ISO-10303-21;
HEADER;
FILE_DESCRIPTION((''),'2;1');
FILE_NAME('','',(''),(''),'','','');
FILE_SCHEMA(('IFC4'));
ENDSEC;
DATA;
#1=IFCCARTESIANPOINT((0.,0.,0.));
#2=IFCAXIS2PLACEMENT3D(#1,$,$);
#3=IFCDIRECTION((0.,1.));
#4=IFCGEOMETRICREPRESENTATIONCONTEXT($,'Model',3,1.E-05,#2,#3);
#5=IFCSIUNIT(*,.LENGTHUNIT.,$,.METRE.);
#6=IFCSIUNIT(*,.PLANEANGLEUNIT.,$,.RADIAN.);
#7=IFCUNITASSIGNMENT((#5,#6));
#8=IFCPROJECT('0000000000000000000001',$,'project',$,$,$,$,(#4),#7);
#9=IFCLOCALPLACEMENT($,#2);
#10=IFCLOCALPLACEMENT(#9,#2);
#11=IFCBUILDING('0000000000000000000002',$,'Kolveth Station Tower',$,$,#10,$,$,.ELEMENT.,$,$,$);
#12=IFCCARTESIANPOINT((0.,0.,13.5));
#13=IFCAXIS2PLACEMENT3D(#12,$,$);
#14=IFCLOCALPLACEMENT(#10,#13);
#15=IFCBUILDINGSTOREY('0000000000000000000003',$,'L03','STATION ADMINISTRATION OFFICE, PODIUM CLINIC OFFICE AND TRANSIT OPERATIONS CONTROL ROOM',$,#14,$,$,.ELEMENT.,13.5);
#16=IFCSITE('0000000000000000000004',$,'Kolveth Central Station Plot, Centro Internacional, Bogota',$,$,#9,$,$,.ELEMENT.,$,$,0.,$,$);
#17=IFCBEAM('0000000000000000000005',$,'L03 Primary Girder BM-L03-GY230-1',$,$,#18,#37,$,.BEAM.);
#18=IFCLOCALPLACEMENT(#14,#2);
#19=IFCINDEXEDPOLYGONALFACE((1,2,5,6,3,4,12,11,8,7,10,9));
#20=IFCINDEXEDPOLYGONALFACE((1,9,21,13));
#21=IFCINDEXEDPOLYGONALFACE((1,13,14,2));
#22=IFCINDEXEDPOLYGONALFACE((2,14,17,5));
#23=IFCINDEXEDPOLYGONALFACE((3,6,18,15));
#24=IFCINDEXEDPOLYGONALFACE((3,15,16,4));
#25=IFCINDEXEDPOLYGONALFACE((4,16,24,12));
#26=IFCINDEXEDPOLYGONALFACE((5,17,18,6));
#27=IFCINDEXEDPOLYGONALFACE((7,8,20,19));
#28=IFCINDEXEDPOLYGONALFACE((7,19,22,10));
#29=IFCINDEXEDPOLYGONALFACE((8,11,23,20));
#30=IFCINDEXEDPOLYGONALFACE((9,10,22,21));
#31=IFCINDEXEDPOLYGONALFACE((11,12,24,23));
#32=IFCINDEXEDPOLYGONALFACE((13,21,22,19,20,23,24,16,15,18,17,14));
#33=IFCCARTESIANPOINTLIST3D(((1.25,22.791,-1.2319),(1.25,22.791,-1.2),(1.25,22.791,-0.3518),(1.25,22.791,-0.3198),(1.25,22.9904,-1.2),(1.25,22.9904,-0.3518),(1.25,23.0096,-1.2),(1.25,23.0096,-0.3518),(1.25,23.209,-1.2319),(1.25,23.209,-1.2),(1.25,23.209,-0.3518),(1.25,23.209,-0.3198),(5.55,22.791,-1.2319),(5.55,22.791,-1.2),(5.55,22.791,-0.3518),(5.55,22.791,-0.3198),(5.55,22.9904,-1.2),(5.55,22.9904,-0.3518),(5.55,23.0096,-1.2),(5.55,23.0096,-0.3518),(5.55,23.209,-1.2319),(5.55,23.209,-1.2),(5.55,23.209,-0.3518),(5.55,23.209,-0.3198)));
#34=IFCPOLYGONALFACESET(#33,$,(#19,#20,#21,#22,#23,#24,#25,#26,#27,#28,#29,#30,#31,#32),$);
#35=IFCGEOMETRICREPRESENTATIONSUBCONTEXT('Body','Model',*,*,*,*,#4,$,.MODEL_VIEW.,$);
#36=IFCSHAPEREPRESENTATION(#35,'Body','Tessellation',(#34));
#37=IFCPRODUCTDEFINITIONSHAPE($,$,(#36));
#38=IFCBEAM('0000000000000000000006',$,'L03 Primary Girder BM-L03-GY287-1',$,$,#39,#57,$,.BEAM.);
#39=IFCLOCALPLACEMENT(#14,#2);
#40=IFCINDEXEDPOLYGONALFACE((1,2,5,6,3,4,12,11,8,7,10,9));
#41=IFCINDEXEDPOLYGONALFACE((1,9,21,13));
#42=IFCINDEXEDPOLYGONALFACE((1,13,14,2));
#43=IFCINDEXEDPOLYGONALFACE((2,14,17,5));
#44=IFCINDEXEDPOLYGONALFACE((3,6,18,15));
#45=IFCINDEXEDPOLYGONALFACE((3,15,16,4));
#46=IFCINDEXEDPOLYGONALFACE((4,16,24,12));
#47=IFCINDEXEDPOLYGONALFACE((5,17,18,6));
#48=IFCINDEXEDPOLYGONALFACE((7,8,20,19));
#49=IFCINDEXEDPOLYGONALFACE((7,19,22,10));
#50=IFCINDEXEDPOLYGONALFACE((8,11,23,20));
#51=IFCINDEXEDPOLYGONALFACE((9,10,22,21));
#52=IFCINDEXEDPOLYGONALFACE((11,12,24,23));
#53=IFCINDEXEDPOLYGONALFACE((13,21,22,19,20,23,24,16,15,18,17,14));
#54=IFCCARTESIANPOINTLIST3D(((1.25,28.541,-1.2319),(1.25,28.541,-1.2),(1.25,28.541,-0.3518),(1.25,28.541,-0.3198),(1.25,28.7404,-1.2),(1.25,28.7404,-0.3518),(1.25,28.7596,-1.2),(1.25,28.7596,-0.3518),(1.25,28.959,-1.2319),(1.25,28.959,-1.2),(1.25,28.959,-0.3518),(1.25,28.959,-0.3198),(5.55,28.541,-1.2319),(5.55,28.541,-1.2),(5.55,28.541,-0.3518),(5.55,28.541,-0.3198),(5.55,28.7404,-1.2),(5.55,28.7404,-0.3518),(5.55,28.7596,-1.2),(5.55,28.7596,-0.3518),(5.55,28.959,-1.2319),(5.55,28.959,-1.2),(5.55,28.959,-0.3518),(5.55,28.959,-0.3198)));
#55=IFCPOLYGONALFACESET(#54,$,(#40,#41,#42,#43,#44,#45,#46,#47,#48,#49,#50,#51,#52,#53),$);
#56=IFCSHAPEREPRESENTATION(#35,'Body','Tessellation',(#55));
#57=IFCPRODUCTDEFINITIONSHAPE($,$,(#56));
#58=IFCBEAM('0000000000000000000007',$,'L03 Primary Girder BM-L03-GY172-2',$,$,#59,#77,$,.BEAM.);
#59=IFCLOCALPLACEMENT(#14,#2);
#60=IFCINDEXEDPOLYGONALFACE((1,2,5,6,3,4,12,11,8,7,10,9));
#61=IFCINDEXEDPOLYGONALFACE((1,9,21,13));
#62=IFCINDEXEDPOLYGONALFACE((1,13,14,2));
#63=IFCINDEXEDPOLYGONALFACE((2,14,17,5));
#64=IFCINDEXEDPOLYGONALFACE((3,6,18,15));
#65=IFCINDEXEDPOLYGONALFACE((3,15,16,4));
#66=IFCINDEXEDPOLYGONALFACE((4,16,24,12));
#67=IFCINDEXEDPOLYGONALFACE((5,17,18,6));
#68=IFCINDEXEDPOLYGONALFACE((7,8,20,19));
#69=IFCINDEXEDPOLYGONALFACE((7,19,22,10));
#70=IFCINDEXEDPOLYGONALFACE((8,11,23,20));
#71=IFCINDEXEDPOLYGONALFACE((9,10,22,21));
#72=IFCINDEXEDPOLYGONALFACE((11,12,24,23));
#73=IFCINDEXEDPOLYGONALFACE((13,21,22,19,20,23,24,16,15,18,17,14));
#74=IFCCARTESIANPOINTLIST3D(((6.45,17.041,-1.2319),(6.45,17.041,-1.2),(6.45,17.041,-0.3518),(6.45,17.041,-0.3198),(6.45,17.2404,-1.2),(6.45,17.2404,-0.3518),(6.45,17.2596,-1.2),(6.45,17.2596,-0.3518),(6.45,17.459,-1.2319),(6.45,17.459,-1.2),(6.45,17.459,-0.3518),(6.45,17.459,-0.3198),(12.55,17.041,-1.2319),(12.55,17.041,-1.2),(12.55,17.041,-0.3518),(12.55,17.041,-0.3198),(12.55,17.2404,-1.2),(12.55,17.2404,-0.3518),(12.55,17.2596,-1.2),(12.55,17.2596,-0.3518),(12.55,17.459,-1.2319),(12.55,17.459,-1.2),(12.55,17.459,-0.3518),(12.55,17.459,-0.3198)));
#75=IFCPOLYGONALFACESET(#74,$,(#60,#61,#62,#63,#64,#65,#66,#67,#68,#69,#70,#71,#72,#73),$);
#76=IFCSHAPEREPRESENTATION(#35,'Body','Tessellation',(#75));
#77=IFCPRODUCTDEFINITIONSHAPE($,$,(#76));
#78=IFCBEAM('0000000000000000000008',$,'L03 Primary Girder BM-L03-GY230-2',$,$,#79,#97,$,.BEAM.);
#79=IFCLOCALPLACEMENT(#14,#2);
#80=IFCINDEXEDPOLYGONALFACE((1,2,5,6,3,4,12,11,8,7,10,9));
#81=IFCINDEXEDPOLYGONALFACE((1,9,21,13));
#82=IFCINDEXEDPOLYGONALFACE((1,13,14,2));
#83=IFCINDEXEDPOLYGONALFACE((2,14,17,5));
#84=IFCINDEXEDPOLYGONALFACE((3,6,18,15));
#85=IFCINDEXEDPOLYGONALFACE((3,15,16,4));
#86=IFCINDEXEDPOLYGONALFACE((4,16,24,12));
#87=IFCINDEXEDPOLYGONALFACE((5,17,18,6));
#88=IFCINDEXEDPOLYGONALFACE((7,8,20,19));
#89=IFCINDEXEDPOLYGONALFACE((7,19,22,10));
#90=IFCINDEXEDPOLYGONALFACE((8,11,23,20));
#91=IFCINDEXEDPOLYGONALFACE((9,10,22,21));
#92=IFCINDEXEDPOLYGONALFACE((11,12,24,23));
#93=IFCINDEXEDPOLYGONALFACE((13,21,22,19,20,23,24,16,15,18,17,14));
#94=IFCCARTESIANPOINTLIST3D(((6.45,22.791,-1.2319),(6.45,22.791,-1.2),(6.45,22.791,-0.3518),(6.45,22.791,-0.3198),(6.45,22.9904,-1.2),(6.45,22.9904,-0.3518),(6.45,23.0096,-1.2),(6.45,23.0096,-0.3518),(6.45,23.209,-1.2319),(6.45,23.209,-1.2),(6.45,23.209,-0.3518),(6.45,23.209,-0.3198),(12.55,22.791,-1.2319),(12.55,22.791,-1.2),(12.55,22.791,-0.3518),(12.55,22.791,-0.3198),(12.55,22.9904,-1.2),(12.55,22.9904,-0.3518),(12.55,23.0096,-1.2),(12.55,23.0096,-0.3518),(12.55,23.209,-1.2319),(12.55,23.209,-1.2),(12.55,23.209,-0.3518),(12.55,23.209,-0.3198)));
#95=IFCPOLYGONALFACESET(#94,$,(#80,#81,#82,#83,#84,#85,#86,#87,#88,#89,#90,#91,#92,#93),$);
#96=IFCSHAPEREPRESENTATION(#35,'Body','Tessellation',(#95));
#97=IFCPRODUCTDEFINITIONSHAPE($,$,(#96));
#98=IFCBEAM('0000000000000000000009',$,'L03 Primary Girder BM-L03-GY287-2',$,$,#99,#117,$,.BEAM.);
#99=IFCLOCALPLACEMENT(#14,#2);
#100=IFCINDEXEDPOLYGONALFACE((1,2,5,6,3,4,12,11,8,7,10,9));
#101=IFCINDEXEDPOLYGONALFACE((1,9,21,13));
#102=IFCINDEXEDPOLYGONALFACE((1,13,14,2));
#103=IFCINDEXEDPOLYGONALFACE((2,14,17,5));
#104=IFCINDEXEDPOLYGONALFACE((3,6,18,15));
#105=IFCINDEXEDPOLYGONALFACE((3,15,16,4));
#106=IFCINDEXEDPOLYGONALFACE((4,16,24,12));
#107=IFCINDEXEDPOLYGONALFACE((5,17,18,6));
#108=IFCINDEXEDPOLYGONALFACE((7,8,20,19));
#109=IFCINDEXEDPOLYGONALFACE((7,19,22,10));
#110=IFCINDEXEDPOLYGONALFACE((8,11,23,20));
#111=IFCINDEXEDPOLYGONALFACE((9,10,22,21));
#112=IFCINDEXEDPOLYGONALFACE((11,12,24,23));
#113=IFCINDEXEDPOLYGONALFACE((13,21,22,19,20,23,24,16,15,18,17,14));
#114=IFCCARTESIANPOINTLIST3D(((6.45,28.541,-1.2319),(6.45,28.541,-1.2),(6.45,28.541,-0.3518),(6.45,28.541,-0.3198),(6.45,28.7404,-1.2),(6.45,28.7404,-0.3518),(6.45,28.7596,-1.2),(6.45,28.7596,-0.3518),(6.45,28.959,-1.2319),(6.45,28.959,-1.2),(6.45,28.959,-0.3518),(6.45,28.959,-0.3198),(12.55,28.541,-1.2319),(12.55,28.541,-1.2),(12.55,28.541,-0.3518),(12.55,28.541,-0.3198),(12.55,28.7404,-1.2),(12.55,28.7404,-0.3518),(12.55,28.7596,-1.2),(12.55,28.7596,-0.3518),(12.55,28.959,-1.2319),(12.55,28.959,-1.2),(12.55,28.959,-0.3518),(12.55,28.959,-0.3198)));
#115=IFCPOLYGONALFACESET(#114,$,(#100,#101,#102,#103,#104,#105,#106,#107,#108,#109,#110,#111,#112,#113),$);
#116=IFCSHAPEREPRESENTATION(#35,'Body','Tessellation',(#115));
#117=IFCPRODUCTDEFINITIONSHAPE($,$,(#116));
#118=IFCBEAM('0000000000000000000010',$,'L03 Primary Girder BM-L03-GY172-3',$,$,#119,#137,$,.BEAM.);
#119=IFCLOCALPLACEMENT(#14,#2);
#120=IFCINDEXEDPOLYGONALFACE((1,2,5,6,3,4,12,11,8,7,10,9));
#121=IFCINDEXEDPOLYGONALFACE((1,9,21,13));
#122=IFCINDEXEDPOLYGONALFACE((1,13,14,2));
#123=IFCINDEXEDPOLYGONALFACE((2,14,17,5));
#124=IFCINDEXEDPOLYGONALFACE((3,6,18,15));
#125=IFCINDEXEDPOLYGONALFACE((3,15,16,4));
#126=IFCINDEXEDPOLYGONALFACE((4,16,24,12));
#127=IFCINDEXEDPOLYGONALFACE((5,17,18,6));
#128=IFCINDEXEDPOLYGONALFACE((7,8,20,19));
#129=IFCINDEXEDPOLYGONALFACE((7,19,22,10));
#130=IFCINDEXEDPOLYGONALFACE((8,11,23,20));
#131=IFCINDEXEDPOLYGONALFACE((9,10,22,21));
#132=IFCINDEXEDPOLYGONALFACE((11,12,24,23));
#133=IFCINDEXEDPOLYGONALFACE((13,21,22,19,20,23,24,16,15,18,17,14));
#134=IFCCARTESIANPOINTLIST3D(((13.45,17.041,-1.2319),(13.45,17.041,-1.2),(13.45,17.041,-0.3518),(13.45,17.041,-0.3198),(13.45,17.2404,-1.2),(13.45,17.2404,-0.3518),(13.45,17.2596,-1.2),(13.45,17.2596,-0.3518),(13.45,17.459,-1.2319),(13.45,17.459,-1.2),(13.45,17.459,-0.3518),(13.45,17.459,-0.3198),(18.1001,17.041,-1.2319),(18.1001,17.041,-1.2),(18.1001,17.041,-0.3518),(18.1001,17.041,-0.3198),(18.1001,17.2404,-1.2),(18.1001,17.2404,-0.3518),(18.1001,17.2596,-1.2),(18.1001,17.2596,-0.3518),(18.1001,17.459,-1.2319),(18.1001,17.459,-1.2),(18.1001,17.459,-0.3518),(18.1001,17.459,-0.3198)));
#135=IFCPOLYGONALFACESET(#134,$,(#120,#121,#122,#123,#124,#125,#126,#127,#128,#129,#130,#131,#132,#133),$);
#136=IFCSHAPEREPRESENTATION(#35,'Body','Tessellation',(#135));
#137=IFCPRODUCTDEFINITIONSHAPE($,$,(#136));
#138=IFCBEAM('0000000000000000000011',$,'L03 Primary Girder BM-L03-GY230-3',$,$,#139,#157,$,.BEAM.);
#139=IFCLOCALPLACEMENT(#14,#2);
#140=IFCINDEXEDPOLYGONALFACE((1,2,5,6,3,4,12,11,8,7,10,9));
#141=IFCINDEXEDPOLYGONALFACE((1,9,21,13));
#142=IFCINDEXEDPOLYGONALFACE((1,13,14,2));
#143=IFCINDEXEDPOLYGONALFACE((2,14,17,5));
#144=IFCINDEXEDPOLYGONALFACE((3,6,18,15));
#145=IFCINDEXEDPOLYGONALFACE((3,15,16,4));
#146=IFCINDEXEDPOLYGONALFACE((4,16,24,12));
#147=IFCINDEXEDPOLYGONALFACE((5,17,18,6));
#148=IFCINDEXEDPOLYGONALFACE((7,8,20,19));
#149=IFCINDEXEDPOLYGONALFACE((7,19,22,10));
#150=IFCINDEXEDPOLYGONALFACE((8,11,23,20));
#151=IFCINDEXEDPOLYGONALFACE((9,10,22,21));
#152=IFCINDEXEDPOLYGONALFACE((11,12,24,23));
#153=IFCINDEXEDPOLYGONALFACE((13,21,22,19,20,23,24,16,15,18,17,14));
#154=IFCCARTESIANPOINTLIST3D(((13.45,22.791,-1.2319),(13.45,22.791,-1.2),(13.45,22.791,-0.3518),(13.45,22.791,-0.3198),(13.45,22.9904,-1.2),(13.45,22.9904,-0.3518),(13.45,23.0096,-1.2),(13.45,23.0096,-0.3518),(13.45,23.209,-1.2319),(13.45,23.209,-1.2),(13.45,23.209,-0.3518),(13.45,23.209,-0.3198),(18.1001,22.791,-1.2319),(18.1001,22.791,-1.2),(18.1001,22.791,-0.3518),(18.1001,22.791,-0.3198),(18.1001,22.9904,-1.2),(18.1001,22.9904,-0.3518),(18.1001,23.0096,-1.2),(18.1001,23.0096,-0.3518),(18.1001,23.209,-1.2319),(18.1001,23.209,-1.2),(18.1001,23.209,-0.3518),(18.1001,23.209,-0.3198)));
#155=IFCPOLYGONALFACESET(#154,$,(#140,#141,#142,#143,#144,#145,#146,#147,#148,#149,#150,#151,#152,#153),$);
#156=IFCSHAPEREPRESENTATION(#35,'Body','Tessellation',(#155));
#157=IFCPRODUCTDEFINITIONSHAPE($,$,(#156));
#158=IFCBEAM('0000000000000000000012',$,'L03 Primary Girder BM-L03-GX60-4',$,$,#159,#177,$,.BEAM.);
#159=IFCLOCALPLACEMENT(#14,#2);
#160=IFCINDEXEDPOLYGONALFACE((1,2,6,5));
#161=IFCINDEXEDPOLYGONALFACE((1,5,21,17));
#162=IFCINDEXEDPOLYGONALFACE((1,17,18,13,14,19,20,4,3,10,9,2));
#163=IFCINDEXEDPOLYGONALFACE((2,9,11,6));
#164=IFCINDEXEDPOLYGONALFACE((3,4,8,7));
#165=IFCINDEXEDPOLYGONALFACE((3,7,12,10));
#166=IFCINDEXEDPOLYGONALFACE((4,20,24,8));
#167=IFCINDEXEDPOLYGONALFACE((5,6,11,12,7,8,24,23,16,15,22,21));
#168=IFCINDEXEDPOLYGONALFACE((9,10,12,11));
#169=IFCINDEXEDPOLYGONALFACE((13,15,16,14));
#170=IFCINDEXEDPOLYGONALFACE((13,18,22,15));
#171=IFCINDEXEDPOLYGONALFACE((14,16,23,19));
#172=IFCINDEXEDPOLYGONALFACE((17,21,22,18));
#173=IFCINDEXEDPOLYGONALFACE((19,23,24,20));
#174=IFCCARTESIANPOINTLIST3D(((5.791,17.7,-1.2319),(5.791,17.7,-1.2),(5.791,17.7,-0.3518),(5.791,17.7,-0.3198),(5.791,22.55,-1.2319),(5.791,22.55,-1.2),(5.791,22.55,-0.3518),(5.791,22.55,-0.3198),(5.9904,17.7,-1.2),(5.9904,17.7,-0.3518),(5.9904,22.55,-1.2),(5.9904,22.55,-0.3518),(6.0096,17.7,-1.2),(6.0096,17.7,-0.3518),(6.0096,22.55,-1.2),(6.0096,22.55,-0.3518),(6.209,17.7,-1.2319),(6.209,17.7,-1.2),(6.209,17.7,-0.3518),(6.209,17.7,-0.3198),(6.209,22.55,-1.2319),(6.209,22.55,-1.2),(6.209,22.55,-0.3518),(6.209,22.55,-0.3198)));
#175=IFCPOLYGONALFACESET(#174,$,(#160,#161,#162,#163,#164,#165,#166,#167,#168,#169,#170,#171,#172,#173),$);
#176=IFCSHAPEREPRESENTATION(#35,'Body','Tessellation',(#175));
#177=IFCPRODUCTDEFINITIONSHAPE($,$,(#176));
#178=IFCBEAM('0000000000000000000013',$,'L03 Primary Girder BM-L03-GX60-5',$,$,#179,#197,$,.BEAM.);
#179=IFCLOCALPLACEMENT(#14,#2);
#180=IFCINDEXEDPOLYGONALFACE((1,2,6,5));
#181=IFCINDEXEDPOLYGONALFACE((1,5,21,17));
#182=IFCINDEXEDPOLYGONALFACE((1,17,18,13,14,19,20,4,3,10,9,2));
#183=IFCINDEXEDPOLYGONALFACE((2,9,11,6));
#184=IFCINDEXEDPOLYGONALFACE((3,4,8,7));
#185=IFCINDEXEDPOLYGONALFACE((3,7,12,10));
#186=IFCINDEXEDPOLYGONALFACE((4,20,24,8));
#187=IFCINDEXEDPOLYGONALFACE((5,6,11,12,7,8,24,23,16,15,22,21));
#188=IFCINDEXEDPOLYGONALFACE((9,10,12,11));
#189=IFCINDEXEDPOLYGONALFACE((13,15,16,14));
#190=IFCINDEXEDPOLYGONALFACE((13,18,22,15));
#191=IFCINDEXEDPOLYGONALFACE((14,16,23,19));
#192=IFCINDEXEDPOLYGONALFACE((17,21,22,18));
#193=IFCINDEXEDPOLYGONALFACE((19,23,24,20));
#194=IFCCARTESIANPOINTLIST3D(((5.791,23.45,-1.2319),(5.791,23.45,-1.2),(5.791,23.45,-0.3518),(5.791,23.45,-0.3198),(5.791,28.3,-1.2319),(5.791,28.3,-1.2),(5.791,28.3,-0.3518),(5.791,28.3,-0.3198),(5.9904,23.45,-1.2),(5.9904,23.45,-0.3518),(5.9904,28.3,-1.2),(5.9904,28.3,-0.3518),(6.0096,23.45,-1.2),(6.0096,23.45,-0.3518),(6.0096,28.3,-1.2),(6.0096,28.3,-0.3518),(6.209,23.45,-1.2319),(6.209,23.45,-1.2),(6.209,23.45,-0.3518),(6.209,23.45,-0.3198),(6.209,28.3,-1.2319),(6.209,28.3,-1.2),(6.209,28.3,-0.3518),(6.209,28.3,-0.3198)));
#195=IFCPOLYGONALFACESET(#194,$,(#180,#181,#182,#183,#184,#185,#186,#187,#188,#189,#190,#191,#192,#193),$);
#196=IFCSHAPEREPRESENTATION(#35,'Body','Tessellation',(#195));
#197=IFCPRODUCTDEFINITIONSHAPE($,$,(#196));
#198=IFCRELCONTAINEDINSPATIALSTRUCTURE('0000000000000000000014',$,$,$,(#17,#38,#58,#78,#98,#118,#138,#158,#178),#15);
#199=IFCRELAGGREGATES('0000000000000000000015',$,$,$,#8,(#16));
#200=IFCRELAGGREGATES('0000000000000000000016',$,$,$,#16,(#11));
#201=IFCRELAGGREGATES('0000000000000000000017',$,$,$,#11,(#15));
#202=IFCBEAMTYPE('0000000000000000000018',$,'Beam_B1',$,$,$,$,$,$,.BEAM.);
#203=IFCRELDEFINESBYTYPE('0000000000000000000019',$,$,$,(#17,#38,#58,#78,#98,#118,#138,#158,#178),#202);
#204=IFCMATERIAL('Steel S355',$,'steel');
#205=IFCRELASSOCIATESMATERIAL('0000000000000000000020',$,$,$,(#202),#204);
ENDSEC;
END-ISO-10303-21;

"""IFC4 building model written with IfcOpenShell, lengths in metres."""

from ifc_helpers import new_model, si_unit, direction, frame, origin, origin_2d, place, context, subcontext, project, spatial, i_section, extrude, source, transform, mapped, material, material_profile, profile_set, type_object, element, save


model = new_model("IFC4")

# Units and contexts
model_context = context("Model", 3, precision=1e-05, world=origin(), true_north=direction((0.0, 1.0)))
body_context = subcontext(model_context, "Body", "Model", "MODEL_VIEW")
ifc_project = project(units=[si_unit("LENGTHUNIT", "METRE"), si_unit("PLANEANGLEUNIT", "RADIAN")], contexts=[model_context])

# Site, building, storey
site_placement = place(None, origin())
site = spatial("IfcSite", under=ifc_project, at=site_placement, Name="Kolveth Central Station Plot, Centro Internacional, Bogota", CompositionType="ELEMENT", RefElevation=0.0)
building_placement = place(site_placement, origin())
building = spatial("IfcBuilding", under=site, at=building_placement, Name="Kolveth Station Tower", CompositionType="ELEMENT")
storey_placement = place(building_placement, frame((0.0, 0.0, 13.5)))
storey = spatial("IfcBuildingStorey", under=building, at=storey_placement, Name="L03", Description="STATION ADMINISTRATION OFFICE, PODIUM CLINIC OFFICE AND TRANSIT OPERATIONS CONTROL ROOM", CompositionType="ELEMENT", Elevation=13.5)

# Beams
ifc_material_1 = material(Name="Steel S355", Category="steel")
ifc_material_profile_1 = material_profile(ifc_material_1, i_section(OverallWidth=0.418, OverallDepth=0.9121, WebThickness=0.0193, FlangeThickness=0.032, at=origin_2d()), Name="W920x342")
ifc_profile_set_1 = profile_set([ifc_material_profile_1], Name="Steel S355")
beam_type_1 = type_object("IfcBeamType", Name="Beam_B1", PredefinedType="BEAM", material=ifc_profile_set_1)
shared_shape_1 = source(origin(), body_context, "Body", "SweptSolid", [
    extrude(i_section(OverallWidth=0.418, OverallDepth=0.9121, WebThickness=0.0193, FlangeThickness=0.032, at=origin_2d()), origin(), (0.0, 0.0, 1.0), 4.3),
])
for number, where, z_axis, x_axis, name in (
    (1, (1.25, 23.0, -0.7759), (1.0, 0.0, 0.0), (0.0, 1.0, 0.0), "L03 Primary Girder BM-L03-GY230-1"),
    (2, (1.25, 28.75, -0.7759), (1.0, 0.0, 0.0), (0.0, 1.0, 0.0), "L03 Primary Girder BM-L03-GY287-1"),
):
    element("IfcBeam", number, at=place(storey_placement, frame(where, z_axis=z_axis, x_axis=x_axis)), inside=storey, type_object=beam_type_1, Name=name, PredefinedType="BEAM", context=body_context, shape_type="MappedRepresentation", body=[
        mapped(shared_shape_1, transform((0.0, 0.0, 0.0), x_axis=(1.0, 0.0, 0.0), y_axis=(0.0, 1.0, 0.0), z_axis=(0.0, 0.0, 1.0), scale=1.0)),
    ])
shared_shape_2 = source(origin(), body_context, "Body", "SweptSolid", [
    extrude(i_section(OverallWidth=0.418, OverallDepth=0.9121, WebThickness=0.0193, FlangeThickness=0.032, at=origin_2d()), origin(), (0.0, 0.0, 1.0), 6.1001),
])
for number, where, z_axis, x_axis, name in (
    (3, (6.45, 17.25, -0.7759), (1.0, 0.0, 0.0), (0.0, 1.0, 0.0), "L03 Primary Girder BM-L03-GY172-2"),
    (4, (6.45, 23.0, -0.7759), (1.0, 0.0, 0.0), (0.0, 1.0, 0.0), "L03 Primary Girder BM-L03-GY230-2"),
    (5, (6.45, 28.75, -0.7759), (1.0, 0.0, 0.0), (0.0, 1.0, 0.0), "L03 Primary Girder BM-L03-GY287-2"),
):
    element("IfcBeam", number, at=place(storey_placement, frame(where, z_axis=z_axis, x_axis=x_axis)), inside=storey, type_object=beam_type_1, Name=name, PredefinedType="BEAM", context=body_context, shape_type="MappedRepresentation", body=[
        mapped(shared_shape_2, transform((0.0, 0.0, 0.0), x_axis=(1.0, 0.0, 0.0), y_axis=(0.0, 1.0, 0.0), z_axis=(0.0, 0.0, 1.0), scale=1.0)),
    ])
shared_shape_3 = source(origin(), body_context, "Body", "SweptSolid", [
    extrude(i_section(OverallWidth=0.418, OverallDepth=0.9121, WebThickness=0.0193, FlangeThickness=0.032, at=origin_2d()), origin(), (0.0, 0.0, 1.0), 4.6501),
])
for number, where, z_axis, x_axis, name in (
    (6, (13.45, 17.25, -0.7759), (1.0, 0.0, 0.0), (0.0, 1.0, 0.0), "L03 Primary Girder BM-L03-GY172-3"),
    (7, (13.45, 23.0, -0.7759), (1.0, 0.0, 0.0), (0.0, 1.0, 0.0), "L03 Primary Girder BM-L03-GY230-3"),
):
    element("IfcBeam", number, at=place(storey_placement, frame(where, z_axis=z_axis, x_axis=x_axis)), inside=storey, type_object=beam_type_1, Name=name, PredefinedType="BEAM", context=body_context, shape_type="MappedRepresentation", body=[
        mapped(shared_shape_3, transform((0.0, 0.0, 0.0), x_axis=(1.0, 0.0, 0.0), y_axis=(0.0, 1.0, 0.0), z_axis=(0.0, 0.0, 1.0), scale=1.0)),
    ])
shared_shape_4 = source(origin(), body_context, "Body", "SweptSolid", [
    extrude(i_section(OverallWidth=0.418, OverallDepth=0.9121, WebThickness=0.0193, FlangeThickness=0.032, at=origin_2d()), origin(), (0.0, 0.0, 1.0), 4.8501),
])
for number, where, z_axis, x_axis, name in (
    (8, (6.0, 17.7, -0.7759), (0.0, 1.0, 0.0), (-1.0, 0.0, 0.0), "L03 Primary Girder BM-L03-GX60-4"),
    (9, (6.0, 23.45, -0.7759), (0.0, 1.0, 0.0), (-1.0, 0.0, 0.0), "L03 Primary Girder BM-L03-GX60-5"),
):
    element("IfcBeam", number, at=place(storey_placement, frame(where, z_axis=z_axis, x_axis=x_axis)), inside=storey, type_object=beam_type_1, Name=name, PredefinedType="BEAM", context=body_context, shape_type="MappedRepresentation", body=[
        mapped(shared_shape_4, transform((0.0, 0.0, 0.0), x_axis=(1.0, 0.0, 0.0), y_axis=(0.0, 1.0, 0.0), z_axis=(0.0, 0.0, 1.0), scale=1.0)),
    ])

save(model, "model.ifc")
